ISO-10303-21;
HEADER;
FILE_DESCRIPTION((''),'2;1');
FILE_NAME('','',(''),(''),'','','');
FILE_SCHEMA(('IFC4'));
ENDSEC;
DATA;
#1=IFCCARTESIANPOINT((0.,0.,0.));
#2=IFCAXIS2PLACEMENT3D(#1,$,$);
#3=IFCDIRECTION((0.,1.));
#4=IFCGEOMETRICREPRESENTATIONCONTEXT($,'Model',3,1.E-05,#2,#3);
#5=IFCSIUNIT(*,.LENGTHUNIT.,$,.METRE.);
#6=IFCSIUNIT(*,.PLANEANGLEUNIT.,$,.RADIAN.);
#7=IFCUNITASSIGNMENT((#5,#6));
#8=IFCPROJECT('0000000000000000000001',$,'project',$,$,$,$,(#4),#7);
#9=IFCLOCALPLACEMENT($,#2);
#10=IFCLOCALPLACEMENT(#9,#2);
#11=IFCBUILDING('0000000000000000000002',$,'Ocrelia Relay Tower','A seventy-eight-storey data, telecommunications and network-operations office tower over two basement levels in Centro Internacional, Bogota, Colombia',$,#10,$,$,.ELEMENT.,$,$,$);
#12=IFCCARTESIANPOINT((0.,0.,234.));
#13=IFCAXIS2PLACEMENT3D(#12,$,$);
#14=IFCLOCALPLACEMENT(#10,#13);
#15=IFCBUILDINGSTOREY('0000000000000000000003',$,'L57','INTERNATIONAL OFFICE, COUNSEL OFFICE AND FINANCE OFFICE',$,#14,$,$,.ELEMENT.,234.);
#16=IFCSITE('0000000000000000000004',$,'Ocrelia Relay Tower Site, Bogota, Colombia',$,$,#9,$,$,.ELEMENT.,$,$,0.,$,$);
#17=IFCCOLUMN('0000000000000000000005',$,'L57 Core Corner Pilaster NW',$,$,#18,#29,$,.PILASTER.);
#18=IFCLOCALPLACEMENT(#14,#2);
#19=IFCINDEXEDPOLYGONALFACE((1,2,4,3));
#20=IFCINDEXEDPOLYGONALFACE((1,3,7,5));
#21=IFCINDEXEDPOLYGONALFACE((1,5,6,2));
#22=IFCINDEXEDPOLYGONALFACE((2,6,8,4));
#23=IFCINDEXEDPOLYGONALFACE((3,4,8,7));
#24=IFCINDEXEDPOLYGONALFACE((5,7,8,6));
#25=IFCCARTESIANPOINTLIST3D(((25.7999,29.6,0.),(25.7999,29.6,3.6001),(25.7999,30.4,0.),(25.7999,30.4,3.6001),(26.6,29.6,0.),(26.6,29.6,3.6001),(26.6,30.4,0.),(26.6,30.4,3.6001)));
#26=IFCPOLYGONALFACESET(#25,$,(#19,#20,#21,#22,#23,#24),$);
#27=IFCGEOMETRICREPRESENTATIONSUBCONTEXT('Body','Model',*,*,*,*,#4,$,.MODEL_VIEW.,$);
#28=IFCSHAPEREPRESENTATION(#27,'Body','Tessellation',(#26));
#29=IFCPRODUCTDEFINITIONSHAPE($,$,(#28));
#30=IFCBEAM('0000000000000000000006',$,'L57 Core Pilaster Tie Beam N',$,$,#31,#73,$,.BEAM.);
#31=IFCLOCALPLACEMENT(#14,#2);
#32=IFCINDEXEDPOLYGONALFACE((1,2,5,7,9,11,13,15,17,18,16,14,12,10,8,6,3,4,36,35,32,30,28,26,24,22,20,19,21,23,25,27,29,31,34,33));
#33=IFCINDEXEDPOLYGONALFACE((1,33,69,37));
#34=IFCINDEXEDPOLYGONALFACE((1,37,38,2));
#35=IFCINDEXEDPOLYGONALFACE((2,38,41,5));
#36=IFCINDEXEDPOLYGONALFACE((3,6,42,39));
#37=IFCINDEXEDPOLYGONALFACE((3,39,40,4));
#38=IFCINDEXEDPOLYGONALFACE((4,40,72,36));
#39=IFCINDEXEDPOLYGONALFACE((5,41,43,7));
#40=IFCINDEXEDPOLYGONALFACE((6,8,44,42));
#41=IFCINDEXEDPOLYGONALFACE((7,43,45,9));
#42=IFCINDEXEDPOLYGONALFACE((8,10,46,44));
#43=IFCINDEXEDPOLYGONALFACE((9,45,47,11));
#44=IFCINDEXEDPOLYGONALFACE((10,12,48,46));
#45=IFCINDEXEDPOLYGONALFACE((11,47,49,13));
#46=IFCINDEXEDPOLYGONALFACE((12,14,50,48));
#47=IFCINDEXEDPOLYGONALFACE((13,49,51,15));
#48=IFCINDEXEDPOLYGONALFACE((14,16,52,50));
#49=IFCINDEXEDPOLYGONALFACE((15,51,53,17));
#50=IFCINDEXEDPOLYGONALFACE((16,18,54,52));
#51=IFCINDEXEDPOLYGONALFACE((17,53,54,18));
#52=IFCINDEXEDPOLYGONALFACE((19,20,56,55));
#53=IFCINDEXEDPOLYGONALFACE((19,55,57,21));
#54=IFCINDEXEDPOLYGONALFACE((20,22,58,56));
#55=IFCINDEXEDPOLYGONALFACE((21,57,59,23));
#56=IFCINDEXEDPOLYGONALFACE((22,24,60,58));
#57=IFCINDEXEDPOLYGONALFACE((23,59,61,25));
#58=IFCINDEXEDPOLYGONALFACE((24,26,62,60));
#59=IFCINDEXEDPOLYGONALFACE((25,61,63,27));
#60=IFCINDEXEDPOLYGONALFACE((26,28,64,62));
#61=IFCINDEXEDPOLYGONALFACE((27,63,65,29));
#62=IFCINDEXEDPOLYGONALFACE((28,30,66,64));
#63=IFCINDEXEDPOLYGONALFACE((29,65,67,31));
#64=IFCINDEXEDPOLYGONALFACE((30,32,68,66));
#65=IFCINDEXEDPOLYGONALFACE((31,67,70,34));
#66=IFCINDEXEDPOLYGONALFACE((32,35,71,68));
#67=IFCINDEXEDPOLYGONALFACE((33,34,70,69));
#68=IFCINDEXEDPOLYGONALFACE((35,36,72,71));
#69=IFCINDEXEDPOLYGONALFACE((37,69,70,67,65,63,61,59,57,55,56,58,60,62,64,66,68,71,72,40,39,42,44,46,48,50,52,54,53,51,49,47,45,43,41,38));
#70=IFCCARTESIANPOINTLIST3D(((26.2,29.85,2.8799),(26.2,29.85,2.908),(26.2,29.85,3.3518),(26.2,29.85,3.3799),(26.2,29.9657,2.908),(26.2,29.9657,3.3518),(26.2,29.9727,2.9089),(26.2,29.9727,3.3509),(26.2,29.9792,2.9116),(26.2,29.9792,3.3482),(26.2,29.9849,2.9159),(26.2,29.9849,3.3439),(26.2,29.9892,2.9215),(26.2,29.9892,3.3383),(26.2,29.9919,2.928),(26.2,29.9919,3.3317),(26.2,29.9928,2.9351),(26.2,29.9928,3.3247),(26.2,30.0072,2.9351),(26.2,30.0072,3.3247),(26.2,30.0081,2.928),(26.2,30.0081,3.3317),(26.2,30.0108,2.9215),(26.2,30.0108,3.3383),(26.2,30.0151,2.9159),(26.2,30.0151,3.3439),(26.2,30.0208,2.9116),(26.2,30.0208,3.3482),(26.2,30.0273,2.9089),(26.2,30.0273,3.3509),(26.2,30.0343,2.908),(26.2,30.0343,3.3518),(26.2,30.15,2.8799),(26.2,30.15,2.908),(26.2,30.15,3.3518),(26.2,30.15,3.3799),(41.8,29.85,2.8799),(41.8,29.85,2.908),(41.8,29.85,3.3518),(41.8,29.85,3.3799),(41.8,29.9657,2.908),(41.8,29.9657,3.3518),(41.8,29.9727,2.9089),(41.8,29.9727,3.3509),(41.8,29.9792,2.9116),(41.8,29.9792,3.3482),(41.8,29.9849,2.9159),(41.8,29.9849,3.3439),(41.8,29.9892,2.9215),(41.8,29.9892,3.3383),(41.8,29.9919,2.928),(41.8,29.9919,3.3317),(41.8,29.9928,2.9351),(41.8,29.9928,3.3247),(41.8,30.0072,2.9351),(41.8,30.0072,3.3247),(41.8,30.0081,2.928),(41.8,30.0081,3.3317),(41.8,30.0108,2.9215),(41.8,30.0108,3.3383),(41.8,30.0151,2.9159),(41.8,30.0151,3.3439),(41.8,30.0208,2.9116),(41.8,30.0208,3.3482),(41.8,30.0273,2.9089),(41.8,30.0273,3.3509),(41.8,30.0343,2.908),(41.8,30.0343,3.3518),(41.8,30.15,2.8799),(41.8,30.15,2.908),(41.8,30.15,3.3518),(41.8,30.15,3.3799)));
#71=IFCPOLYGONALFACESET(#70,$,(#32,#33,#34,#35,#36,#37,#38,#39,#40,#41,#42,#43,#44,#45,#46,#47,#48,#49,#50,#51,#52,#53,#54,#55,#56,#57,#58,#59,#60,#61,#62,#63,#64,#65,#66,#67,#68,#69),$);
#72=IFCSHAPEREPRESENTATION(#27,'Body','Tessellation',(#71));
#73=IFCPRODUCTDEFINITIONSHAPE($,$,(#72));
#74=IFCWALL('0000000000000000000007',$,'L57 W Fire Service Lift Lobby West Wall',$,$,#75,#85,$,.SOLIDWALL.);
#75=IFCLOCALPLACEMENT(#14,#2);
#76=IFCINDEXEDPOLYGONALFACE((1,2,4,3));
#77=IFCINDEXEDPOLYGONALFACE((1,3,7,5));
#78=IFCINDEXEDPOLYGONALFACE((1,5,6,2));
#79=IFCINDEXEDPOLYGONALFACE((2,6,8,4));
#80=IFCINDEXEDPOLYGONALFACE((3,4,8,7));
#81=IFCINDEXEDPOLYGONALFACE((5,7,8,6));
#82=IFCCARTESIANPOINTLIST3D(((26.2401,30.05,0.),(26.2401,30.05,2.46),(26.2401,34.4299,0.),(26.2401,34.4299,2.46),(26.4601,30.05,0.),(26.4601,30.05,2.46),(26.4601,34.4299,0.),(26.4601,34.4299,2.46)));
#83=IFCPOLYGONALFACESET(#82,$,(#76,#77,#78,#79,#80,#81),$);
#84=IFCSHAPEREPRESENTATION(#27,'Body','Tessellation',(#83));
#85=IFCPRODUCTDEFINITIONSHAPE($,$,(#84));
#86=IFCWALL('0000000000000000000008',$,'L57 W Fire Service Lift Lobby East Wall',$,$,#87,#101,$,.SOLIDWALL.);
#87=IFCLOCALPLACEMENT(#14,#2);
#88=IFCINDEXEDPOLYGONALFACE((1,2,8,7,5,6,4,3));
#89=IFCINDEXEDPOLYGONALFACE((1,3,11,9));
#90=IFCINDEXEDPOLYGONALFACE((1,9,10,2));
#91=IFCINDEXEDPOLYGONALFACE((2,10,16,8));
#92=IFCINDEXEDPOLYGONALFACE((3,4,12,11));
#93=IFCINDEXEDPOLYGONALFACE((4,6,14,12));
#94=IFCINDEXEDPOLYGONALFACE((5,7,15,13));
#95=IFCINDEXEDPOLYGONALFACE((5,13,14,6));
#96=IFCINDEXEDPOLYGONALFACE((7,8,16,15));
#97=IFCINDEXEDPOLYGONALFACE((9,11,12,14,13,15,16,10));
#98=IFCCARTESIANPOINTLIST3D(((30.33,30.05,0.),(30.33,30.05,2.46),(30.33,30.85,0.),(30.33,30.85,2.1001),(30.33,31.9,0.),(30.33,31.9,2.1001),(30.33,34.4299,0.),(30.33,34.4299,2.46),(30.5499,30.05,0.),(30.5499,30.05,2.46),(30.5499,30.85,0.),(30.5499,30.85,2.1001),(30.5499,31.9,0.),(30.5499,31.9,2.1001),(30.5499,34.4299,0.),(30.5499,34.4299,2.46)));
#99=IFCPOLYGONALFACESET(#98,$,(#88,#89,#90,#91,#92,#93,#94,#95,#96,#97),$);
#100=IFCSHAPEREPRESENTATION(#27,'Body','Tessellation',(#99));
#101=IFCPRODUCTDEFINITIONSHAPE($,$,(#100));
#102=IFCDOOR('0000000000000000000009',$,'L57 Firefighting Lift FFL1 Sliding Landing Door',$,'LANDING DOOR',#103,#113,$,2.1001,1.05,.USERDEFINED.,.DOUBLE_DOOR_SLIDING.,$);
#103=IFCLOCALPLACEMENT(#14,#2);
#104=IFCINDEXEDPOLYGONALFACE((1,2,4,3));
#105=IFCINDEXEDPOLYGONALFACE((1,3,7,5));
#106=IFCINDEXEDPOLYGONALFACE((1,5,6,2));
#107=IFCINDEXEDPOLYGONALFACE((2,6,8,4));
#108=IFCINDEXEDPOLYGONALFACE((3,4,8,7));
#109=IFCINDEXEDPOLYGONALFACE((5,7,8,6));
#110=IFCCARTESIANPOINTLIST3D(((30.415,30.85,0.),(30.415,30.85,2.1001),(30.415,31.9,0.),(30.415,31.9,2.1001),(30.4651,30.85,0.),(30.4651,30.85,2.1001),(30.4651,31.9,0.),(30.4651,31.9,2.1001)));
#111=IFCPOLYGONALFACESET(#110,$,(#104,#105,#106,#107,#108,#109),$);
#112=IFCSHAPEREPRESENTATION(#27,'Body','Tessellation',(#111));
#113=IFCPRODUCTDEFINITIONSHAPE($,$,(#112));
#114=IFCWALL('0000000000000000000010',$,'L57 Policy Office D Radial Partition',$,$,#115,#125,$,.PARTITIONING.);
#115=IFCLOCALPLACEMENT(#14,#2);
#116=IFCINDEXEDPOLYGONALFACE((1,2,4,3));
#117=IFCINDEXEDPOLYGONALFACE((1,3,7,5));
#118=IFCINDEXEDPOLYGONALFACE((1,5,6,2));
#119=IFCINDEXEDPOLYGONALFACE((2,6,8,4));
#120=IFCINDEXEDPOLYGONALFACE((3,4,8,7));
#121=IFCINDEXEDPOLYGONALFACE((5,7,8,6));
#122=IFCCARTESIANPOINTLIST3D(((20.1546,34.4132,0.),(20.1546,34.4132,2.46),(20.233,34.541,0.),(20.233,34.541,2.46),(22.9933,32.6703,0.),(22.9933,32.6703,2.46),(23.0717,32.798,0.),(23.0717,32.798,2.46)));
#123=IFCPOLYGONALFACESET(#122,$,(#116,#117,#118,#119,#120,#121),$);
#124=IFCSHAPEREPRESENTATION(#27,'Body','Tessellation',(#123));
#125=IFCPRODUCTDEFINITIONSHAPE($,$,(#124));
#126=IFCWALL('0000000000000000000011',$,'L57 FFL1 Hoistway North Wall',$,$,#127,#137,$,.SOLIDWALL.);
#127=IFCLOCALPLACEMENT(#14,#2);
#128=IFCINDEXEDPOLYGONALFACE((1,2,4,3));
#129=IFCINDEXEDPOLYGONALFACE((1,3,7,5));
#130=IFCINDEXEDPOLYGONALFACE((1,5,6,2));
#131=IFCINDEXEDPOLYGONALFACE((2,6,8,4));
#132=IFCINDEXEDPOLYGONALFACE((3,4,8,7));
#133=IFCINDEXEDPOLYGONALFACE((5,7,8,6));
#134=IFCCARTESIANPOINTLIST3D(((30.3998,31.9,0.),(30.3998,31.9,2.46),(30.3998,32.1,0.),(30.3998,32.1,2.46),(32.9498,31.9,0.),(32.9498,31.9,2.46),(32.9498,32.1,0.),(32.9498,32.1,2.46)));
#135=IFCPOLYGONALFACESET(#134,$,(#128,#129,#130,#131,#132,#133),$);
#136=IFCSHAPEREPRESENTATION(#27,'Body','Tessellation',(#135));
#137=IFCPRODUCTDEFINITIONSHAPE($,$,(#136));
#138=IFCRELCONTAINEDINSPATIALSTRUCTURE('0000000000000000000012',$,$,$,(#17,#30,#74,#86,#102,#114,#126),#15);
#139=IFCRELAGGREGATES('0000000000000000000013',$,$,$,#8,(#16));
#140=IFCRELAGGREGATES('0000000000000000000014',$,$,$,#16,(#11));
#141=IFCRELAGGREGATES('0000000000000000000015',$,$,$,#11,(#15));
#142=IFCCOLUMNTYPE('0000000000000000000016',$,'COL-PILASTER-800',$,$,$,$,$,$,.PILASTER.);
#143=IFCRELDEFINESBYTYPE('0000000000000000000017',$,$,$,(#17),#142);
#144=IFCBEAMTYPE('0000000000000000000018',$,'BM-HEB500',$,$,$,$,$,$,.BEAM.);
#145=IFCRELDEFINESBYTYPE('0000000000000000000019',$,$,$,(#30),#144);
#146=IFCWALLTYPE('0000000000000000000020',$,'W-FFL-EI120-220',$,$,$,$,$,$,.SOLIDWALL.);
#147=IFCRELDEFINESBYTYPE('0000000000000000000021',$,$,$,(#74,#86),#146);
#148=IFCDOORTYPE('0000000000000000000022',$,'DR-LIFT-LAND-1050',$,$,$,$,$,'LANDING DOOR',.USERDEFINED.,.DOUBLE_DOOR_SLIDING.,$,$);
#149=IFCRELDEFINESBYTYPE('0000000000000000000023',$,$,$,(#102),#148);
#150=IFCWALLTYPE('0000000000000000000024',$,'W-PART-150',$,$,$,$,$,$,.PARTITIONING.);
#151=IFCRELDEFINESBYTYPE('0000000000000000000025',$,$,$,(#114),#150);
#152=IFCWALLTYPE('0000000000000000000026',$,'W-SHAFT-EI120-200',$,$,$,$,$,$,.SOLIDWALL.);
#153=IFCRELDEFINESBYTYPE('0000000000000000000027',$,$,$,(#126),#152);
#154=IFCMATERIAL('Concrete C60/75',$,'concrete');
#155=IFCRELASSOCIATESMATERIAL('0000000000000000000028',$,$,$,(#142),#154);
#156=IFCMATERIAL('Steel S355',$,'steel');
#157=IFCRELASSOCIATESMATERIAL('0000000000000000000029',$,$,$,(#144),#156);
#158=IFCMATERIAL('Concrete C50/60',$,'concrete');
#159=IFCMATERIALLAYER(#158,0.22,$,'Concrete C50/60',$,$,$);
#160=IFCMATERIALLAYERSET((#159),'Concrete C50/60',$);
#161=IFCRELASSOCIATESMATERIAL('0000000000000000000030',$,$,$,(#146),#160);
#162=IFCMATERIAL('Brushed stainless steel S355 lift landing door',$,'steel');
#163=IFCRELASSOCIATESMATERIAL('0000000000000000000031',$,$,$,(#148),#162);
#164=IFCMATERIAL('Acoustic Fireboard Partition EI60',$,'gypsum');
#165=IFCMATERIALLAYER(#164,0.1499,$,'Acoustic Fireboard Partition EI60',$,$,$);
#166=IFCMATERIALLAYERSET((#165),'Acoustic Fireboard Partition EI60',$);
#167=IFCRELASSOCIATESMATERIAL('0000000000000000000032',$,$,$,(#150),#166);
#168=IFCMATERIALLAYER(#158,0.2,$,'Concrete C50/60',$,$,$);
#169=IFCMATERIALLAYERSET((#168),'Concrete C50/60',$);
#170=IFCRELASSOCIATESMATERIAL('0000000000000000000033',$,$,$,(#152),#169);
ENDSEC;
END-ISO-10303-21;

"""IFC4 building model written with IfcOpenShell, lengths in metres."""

from ifc_helpers import new_model, si_unit, direction, frame, frame_2d, origin, origin_2d, place, context, subcontext, project, spatial, rectangle, i_section, extrude, material, layer, layer_set, material_profile, profile_set, type_object, element, fill, save


model = new_model("IFC4")

# Units and contexts
model_context = context("Model", 3, precision=1e-05, world=origin(), true_north=direction((0.0, 1.0)))
body_context = subcontext(model_context, "Body", "Model", "MODEL_VIEW")
ifc_project = project(units=[si_unit("LENGTHUNIT", "METRE"), si_unit("PLANEANGLEUNIT", "RADIAN")], contexts=[model_context])

# Site, building, storey
site_placement = place(None, origin())
site = spatial("IfcSite", under=ifc_project, at=site_placement, Name="Ocrelia Relay Tower Site, Bogota, Colombia", CompositionType="ELEMENT", RefElevation=0.0)
building_placement = place(site_placement, origin())
building = spatial("IfcBuilding", under=site, at=building_placement, Name="Ocrelia Relay Tower", Description="A seventy-eight-storey data, telecommunications and network-operations office tower over two basement levels in Centro Internacional, Bogota, Colombia", CompositionType="ELEMENT")
storey_placement = place(building_placement, frame((0.0, 0.0, 234.0)))
storey = spatial("IfcBuildingStorey", under=building, at=storey_placement, Name="L57", Description="INTERNATIONAL OFFICE, COUNSEL OFFICE AND FINANCE OFFICE", CompositionType="ELEMENT", Elevation=234.0)

# Column
ifc_material_1 = material(Name="Concrete C60/75", Category="concrete")
ifc_material_profile_1 = material_profile(ifc_material_1, rectangle(XDim=0.8, YDim=0.8, at=origin_2d()), Name="RC-COL-800x800")
ifc_profile_set_1 = profile_set([ifc_material_profile_1], Name="Concrete C60/75")
column_type = type_object("IfcColumnType", Name="COL-PILASTER-800", PredefinedType="PILASTER", material=ifc_profile_set_1)
column_placement = place(storey_placement, frame((26.2, 30.0, 0.0), z_axis=(0.0, 0.0, 1.0), x_axis=(1.0, 0.0, 0.0)))
element("IfcColumn", 1, at=column_placement, inside=storey, type_object=column_type, Name="L57 Core Corner Pilaster NW", PredefinedType="PILASTER", context=body_context, shape_type="SweptSolid", body=[
    extrude(rectangle(XDim=0.8, YDim=0.8, at=origin_2d()), origin(), (0.0, 0.0, 1.0), 3.6001),
])

# Beam
ifc_material_2 = material(Name="Steel S355", Category="steel")
ifc_material_profile_2 = material_profile(ifc_material_2, i_section(OverallWidth=0.3, OverallDepth=0.5, WebThickness=0.0144, FlangeThickness=0.0281, FilletRadius=0.0271, at=origin_2d()), Name="HEB 500")
ifc_profile_set_2 = profile_set([ifc_material_profile_2], Name="Steel S355")
beam_type = type_object("IfcBeamType", Name="BM-HEB500", PredefinedType="BEAM", material=ifc_profile_set_2)
beam_placement = place(storey_placement, frame((26.2, 30.0, 3.1299), z_axis=(1.0, 0.0, 0.0), x_axis=(0.0, 1.0, 0.0)))
element("IfcBeam", 2, at=beam_placement, inside=storey, type_object=beam_type, Name="L57 Core Pilaster Tie Beam N", PredefinedType="BEAM", context=body_context, shape_type="SweptSolid", body=[
    extrude(i_section(OverallWidth=0.3, OverallDepth=0.5, WebThickness=0.0144, FlangeThickness=0.0281, FilletRadius=0.0271, at=origin_2d()), origin(), (0.0, 0.0, 1.0), 15.6001),
])

# Shared definitions
ifc_material_3 = material(Name="Concrete C50/60", Category="concrete")

# Wall
ifc_layer_1 = layer(ifc_material_3, 0.22, Name="Concrete C50/60")
ifc_layer_set_1 = layer_set([ifc_layer_1], Name="Concrete C50/60")
wall_type_1 = type_object("IfcWallType", Name="W-FFL-EI120-220", PredefinedType="SOLIDWALL", material=ifc_layer_set_1)
wall_1_placement = place(storey_placement, frame((26.3501, 30.05, 0.0), z_axis=(0.0, 0.0, 1.0), x_axis=(0.0, 1.0, 0.0)))
element("IfcWall", 3, at=wall_1_placement, inside=storey, type_object=wall_type_1, Name="L57 W Fire Service Lift Lobby West Wall", PredefinedType="SOLIDWALL", context=body_context, shape_type="SweptSolid", body=[
    extrude(rectangle(XDim=4.3799, YDim=0.22, at=frame_2d((2.1899, 0.0))), origin(), (0.0, 0.0, 1.0), 2.46),
])

# Wall, opening, door
wall_2_placement = place(storey_placement, frame((30.4399, 30.05, 0.0), z_axis=(0.0, 0.0, 1.0), x_axis=(0.0, 1.0, 0.0)))
wall_2 = element("IfcWall", 4, at=wall_2_placement, inside=storey, type_object=wall_type_1, Name="L57 W Fire Service Lift Lobby East Wall", PredefinedType="SOLIDWALL", context=body_context, shape_type="SweptSolid", body=[
    extrude(rectangle(XDim=4.3799, YDim=0.22, at=frame_2d((2.1899, 0.0))), origin(), (0.0, 0.0, 1.0), 2.46),
])
opening_1_placement = place(wall_2_placement, frame((0.8, 0.0, 0.0)))
opening_1 = element("IfcOpeningElement", 5, at=opening_1_placement, cuts=wall_2, PredefinedType="OPENING", context=body_context, shape_type="SweptSolid", body=[
    extrude(rectangle(XDim=1.05, YDim=2.1001, at=frame_2d((0.5249, 1.05))), frame((0.0, 0.1201, 0.0), z_axis=(0.0, -1.0, 0.0), x_axis=(1.0, 0.0, 0.0)), (0.0, 0.0, 1.0), 0.24),
])
ifc_material_4 = material(Name="Brushed stainless steel S355 lift landing door", Category="steel")
door_type_1 = type_object("IfcDoorType", Name="DR-LIFT-LAND-1050", ElementType="LANDING DOOR", OperationType="DOUBLE_DOOR_SLIDING", PredefinedType="USERDEFINED", material=ifc_material_4)
door_1_placement = place(opening_1_placement, origin())
door_1 = element("IfcDoor", 6, at=door_1_placement, inside=storey, type_object=door_type_1, Name="L57 Firefighting Lift FFL1 Sliding Landing Door", ObjectType="LANDING DOOR", OperationType="DOUBLE_DOOR_SLIDING", OverallHeight=2.1001, OverallWidth=1.05, PredefinedType="USERDEFINED", context=body_context, shape_type="SweptSolid", body=[
    extrude(rectangle(XDim=1.05, YDim=2.1001, at=frame_2d((0.5249, 1.05))), frame((0.0, 0.0249, 0.0), z_axis=(0.0, -1.0, 0.0), x_axis=(1.0, 0.0, 0.0)), (0.0, 0.0, 1.0), 0.05),
])
fill(opening_1, door_1)

# Walls
ifc_material_5 = material(Name="Acoustic Fireboard Partition EI60", Category="gypsum")
ifc_layer_2 = layer(ifc_material_5, 0.1499, Name="Acoustic Fireboard Partition EI60")
ifc_layer_set_2 = layer_set([ifc_layer_2], Name="Acoustic Fireboard Partition EI60")
wall_type_2 = type_object("IfcWallType", Name="W-PART-150", PredefinedType="PARTITIONING", material=ifc_layer_set_2)
wall_3_placement = place(storey_placement, frame((23.0325, 32.7341, 0.0), z_axis=(0.0, 0.0, 1.0), x_axis=(-0.852184, 0.523242, 0.0)))
element("IfcWall", 7, at=wall_3_placement, inside=storey, type_object=wall_type_2, Name="L57 Policy Office D Radial Partition", PredefinedType="PARTITIONING", context=body_context, shape_type="SweptSolid", body=[
    extrude(rectangle(XDim=3.3311, YDim=0.1499, at=frame_2d((1.6655, 0.0))), origin(), (0.0, 0.0, 1.0), 2.46),
])
ifc_layer_3 = layer(ifc_material_3, 0.2, Name="Concrete C50/60")
ifc_layer_set_3 = layer_set([ifc_layer_3], Name="Concrete C50/60")
wall_type_3 = type_object("IfcWallType", Name="W-SHAFT-EI120-200", PredefinedType="SOLIDWALL", material=ifc_layer_set_3)
wall_4_placement = place(storey_placement, frame((30.3999, 32.0, 0.0), z_axis=(0.0, 0.0, 1.0), x_axis=(1.0, 0.0, 0.0)))
element("IfcWall", 8, at=wall_4_placement, inside=storey, type_object=wall_type_3, Name="L57 FFL1 Hoistway North Wall", PredefinedType="SOLIDWALL", context=body_context, shape_type="SweptSolid", body=[
    extrude(rectangle(XDim=2.55, YDim=0.2, at=frame_2d((1.2749, 0.0))), origin(), (0.0, 0.0, 1.0), 2.46),
])

save(model, "model.ifc")
